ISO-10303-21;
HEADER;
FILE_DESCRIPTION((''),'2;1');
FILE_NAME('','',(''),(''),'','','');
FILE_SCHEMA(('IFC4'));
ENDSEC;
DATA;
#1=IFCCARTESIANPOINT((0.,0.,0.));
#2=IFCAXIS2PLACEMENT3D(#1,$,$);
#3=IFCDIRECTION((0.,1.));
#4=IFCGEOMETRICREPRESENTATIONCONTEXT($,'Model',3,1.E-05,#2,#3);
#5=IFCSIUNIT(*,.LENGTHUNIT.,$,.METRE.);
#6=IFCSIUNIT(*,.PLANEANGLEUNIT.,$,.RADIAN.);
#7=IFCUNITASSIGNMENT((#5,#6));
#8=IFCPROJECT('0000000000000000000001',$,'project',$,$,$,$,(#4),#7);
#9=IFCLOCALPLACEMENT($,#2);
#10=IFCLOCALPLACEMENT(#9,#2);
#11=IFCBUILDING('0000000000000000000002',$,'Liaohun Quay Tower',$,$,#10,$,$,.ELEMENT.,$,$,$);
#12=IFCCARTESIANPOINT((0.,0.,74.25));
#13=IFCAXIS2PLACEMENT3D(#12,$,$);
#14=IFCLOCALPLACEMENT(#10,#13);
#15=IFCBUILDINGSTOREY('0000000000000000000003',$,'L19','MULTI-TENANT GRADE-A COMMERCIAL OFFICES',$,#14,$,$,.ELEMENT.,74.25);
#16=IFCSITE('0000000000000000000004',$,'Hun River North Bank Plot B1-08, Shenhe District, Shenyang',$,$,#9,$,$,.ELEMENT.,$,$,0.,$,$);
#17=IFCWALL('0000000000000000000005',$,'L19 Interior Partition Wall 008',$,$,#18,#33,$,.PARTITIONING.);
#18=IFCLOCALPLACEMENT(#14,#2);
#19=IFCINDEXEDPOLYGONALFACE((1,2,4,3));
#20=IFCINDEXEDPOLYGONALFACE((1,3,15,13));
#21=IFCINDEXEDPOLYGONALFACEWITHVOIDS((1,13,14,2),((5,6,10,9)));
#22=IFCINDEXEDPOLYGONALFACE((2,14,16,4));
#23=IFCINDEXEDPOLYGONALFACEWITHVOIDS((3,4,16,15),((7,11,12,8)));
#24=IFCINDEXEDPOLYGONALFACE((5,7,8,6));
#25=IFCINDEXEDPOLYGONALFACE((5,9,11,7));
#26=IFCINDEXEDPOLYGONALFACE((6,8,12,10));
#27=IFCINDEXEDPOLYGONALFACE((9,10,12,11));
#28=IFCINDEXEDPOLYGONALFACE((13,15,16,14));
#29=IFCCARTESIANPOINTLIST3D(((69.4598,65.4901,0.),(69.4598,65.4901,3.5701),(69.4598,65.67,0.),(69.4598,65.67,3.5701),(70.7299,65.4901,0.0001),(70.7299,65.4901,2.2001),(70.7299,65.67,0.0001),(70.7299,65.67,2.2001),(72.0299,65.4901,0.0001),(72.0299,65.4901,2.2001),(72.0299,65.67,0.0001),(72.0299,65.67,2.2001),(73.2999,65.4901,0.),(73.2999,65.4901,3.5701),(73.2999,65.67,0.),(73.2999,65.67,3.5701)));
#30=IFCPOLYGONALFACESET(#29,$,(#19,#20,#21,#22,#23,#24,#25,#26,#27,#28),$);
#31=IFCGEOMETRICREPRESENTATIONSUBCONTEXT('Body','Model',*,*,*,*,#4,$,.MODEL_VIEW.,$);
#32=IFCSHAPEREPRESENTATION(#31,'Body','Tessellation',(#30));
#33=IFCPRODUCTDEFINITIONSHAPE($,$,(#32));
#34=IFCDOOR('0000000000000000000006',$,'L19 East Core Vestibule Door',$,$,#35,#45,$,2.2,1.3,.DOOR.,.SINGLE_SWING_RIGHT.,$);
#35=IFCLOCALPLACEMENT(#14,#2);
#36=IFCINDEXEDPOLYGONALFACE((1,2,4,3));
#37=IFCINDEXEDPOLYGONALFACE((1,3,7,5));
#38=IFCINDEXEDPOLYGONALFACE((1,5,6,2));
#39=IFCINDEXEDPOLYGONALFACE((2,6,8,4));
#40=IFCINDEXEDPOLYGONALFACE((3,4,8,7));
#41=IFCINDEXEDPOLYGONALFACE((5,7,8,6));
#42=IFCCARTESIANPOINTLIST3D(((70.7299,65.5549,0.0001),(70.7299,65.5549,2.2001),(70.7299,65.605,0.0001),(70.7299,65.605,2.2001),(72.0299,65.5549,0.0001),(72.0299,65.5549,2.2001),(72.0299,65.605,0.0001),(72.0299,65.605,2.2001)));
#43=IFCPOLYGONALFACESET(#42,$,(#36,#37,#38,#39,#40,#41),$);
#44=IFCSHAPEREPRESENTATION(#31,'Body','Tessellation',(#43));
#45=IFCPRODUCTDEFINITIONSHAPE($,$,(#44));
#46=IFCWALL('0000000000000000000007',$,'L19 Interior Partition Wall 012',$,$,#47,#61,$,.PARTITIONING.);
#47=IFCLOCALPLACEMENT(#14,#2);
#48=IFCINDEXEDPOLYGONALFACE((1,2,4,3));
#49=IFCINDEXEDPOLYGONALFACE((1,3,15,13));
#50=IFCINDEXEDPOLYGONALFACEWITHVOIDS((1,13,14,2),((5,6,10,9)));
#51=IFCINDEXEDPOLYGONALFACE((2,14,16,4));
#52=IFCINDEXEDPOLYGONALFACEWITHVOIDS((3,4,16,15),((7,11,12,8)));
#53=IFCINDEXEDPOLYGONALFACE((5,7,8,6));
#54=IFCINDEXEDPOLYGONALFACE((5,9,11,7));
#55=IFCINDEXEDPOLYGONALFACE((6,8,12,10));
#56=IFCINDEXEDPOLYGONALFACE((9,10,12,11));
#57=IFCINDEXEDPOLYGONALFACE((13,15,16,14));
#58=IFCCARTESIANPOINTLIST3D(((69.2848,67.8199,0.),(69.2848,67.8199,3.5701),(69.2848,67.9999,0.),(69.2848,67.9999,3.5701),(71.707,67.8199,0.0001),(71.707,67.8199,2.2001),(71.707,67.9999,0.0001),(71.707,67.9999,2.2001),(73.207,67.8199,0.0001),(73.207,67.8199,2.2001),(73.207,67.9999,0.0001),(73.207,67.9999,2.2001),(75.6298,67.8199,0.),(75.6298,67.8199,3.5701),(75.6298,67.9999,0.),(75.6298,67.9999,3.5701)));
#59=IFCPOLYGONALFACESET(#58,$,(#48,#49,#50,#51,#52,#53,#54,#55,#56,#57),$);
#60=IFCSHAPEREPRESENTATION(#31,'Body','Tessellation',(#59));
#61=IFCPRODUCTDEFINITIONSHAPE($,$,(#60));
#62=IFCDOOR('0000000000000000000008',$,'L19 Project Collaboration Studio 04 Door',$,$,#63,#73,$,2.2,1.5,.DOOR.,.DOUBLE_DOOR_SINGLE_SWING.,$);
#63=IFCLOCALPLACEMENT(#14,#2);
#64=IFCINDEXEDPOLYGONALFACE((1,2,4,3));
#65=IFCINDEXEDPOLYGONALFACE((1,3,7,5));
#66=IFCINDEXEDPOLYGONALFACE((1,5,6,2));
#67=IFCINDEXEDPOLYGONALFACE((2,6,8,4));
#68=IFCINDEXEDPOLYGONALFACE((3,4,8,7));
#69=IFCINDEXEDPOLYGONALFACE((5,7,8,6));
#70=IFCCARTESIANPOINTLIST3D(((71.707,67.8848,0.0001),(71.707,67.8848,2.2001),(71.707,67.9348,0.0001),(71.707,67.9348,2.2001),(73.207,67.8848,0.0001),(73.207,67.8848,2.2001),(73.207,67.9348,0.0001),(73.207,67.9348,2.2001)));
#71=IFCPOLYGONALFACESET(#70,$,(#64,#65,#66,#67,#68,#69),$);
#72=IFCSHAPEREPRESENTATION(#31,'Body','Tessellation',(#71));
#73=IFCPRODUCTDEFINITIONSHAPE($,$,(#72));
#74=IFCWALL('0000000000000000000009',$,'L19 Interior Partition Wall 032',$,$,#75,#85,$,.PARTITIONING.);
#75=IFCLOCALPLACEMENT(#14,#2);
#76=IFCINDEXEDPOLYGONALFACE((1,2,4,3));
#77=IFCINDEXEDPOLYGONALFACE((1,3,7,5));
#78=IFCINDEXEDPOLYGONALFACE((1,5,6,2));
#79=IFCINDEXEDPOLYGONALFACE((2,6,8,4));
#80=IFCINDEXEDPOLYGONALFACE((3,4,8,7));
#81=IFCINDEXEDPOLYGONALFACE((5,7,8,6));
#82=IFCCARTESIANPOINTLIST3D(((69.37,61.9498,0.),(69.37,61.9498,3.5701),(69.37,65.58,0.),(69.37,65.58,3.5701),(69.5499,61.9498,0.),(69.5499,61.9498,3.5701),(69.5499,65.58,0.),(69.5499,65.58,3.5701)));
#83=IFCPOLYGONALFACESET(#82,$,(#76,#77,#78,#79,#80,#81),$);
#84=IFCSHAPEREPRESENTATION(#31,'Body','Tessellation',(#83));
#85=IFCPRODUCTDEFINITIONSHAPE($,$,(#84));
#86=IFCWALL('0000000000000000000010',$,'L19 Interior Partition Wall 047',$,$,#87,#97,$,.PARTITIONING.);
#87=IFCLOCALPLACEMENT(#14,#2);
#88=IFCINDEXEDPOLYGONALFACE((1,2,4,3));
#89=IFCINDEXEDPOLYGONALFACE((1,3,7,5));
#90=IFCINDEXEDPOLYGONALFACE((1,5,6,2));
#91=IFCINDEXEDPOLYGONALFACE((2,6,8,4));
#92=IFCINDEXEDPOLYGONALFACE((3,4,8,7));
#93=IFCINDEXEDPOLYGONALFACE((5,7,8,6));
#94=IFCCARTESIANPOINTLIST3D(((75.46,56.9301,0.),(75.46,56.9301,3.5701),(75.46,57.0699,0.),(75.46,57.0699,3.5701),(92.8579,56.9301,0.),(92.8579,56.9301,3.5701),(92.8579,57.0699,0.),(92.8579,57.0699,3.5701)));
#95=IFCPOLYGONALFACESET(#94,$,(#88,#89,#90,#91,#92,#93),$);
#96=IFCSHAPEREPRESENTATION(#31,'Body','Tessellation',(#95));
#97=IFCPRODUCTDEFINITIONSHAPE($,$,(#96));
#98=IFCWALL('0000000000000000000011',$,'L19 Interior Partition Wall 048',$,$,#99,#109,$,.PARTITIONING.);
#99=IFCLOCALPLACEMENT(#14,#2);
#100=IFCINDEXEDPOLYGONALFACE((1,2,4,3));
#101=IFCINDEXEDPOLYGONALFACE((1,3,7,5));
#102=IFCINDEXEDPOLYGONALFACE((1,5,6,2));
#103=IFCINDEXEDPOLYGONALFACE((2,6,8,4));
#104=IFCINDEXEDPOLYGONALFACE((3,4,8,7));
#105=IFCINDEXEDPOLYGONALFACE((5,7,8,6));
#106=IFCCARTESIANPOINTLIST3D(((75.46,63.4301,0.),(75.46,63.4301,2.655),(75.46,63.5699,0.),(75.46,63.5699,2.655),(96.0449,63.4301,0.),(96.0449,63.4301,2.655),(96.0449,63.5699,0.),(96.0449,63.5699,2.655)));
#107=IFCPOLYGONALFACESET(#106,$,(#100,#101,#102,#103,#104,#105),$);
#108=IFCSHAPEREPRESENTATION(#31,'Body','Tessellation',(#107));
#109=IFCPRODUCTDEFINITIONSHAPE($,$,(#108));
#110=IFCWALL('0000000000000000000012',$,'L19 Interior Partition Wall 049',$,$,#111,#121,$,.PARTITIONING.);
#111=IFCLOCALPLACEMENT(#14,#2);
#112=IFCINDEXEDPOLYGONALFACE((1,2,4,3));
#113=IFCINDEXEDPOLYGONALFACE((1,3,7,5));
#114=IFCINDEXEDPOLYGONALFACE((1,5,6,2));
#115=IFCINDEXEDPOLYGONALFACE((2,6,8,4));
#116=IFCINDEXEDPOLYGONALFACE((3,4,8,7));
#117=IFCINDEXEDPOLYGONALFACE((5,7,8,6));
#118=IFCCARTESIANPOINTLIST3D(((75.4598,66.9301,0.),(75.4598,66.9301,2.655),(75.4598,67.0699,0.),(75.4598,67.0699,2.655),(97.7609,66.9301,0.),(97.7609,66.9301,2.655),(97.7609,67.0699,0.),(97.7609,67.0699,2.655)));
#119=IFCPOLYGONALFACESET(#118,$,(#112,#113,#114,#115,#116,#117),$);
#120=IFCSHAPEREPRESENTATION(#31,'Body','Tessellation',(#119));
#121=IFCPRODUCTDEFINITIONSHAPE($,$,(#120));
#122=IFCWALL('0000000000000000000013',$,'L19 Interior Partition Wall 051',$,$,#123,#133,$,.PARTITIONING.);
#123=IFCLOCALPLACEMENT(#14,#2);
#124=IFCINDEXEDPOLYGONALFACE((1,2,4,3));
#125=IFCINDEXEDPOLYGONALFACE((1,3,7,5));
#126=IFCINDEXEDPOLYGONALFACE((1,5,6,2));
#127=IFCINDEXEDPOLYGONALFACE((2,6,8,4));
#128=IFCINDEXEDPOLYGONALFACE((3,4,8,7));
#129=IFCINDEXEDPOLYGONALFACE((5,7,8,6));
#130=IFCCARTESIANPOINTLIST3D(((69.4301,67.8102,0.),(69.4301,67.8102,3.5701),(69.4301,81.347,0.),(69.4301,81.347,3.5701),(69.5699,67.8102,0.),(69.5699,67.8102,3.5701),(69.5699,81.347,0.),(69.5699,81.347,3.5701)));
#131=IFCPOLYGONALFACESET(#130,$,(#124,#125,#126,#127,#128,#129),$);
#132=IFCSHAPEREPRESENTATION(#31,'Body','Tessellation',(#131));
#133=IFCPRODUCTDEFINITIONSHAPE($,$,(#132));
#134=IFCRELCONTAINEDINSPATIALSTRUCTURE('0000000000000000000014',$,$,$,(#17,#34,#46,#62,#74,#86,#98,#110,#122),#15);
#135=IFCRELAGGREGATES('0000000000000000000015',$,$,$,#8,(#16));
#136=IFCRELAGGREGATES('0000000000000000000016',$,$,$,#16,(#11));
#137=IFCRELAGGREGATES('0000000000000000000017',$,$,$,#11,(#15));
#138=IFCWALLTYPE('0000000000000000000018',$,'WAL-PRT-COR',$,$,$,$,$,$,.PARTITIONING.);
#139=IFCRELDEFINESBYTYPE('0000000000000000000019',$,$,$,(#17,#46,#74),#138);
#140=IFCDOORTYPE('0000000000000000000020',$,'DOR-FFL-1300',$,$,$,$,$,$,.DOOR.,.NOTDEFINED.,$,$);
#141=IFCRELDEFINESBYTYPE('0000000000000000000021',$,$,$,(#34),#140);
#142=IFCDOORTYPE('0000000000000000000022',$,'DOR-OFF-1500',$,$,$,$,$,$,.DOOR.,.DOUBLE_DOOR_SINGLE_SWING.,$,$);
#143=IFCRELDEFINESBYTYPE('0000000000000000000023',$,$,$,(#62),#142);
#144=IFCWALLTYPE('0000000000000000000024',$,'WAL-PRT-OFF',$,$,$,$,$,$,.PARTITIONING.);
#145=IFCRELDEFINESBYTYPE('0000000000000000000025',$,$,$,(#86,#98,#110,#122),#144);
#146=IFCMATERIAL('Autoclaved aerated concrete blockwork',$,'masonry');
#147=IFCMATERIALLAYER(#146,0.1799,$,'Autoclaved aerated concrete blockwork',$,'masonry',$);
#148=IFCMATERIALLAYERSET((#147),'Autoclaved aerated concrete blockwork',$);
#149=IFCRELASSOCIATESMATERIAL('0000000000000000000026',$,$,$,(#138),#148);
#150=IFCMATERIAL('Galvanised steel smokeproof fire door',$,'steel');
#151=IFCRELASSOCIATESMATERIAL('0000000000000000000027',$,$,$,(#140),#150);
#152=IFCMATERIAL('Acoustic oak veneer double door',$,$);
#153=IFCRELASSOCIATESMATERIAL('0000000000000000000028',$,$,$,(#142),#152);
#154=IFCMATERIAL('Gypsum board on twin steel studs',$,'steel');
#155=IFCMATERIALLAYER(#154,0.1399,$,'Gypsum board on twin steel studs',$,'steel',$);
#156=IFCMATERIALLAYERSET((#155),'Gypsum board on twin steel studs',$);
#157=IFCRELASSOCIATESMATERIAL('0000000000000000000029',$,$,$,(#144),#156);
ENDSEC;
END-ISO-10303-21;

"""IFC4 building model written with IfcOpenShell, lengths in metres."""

from ifc_helpers import new_model, si_unit, direction, frame, frame_2d, origin, place, context, subcontext, project, spatial, rectangle, extrude, source, transform, mapped, material, layer, layer_set, type_object, element, fill, save


model = new_model("IFC4")

# Units and contexts
model_context = context("Model", 3, precision=1e-05, world=origin(), true_north=direction((0.0, 1.0)))
body_context = subcontext(model_context, "Body", "Model", "MODEL_VIEW")
ifc_project = project(units=[si_unit("LENGTHUNIT", "METRE"), si_unit("PLANEANGLEUNIT", "RADIAN")], contexts=[model_context])

# Site, building, storey
site_placement = place(None, origin())
site = spatial("IfcSite", under=ifc_project, at=site_placement, Name="Hun River North Bank Plot B1-08, Shenhe District, Shenyang", CompositionType="ELEMENT", RefElevation=0.0)
building_placement = place(site_placement, origin())
building = spatial("IfcBuilding", under=site, at=building_placement, Name="Liaohun Quay Tower", CompositionType="ELEMENT")
storey_placement = place(building_placement, frame((0.0, 0.0, 74.25)))
storey = spatial("IfcBuildingStorey", under=building, at=storey_placement, Name="L19", Description="MULTI-TENANT GRADE-A COMMERCIAL OFFICES", CompositionType="ELEMENT", Elevation=74.25)

# Walls, openings, doors
ifc_material_1 = material(Name="Autoclaved aerated concrete blockwork", Category="masonry")
ifc_layer_1 = layer(ifc_material_1, 0.1799, Name="Autoclaved aerated concrete blockwork", Category="masonry")
ifc_layer_set_1 = layer_set([ifc_layer_1], Name="Autoclaved aerated concrete blockwork")
wall_type_1 = type_object("IfcWallType", Name="WAL-PRT-COR", PredefinedType="PARTITIONING", material=ifc_layer_set_1)
wall_1_placement = place(storey_placement, frame((69.46, 65.5801, 0.0), z_axis=(0.0, 0.0, 1.0), x_axis=(1.0, 0.0, 0.0)))
wall_1 = element("IfcWall", 1, at=wall_1_placement, inside=storey, type_object=wall_type_1, Name="L19 Interior Partition Wall 008", PredefinedType="PARTITIONING", context=body_context, shape_type="SweptSolid", body=[
    extrude(rectangle(XDim=3.8401, YDim=0.1799, at=frame_2d((1.9199, 0.0))), origin(), (0.0, 0.0, 1.0), 3.5701),
])
shared_shape_1 = source(origin(), body_context, "Body", "SweptSolid", [
    extrude(rectangle(XDim=1.3, YDim=2.2, at=frame_2d((0.6499, 1.1001))), frame((0.0, 0.0999, 0.0), z_axis=(0.0, -1.0, 0.0), x_axis=(1.0, 0.0, 0.0)), (0.0, 0.0, 1.0), 0.2),
])
opening_1_placement = place(wall_1_placement, frame((1.27, 0.0, 0.0)))
opening_1 = element("IfcOpeningElement", 2, at=opening_1_placement, cuts=wall_1, PredefinedType="OPENING", context=body_context, shape_type="MappedRepresentation", body=[
    mapped(shared_shape_1, transform((0.0, 0.0, 0.0), x_axis=(1.0, 0.0, 0.0), y_axis=(0.0, 1.0, 0.0), z_axis=(0.0, 0.0, 1.0), scale=1.0)),
])
ifc_material_2 = material(Name="Galvanised steel smokeproof fire door", Category="steel")
door_type_1 = type_object("IfcDoorType", Name="DOR-FFL-1300", OperationType="NOTDEFINED", PredefinedType="DOOR", material=ifc_material_2)
shared_shape_2 = source(origin(), body_context, "Body", "SweptSolid", [
    extrude(rectangle(XDim=1.3, YDim=2.2, at=frame_2d((0.6499, 1.1001))), frame((0.0, 0.0249, 0.0), z_axis=(0.0, -1.0, 0.0), x_axis=(1.0, 0.0, 0.0)), (0.0, 0.0, 1.0), 0.05),
])
door_1_placement = place(opening_1_placement, origin())
door_1 = element("IfcDoor", 3, at=door_1_placement, inside=storey, type_object=door_type_1, Name="L19 East Core Vestibule Door", OperationType="SINGLE_SWING_RIGHT", OverallHeight=2.2, OverallWidth=1.3, PredefinedType="DOOR", context=body_context, shape_type="MappedRepresentation", body=[
    mapped(shared_shape_2, transform((0.0, 0.0, 0.0), x_axis=(1.0, 0.0, 0.0), y_axis=(0.0, 1.0, 0.0), z_axis=(0.0, 0.0, 1.0), scale=1.0)),
])
fill(opening_1, door_1)
wall_2_placement = place(storey_placement, frame((69.2849, 67.9099, 0.0), z_axis=(0.0, 0.0, 1.0), x_axis=(1.0, 0.0, 0.0)))
wall_2 = element("IfcWall", 4, at=wall_2_placement, inside=storey, type_object=wall_type_1, Name="L19 Interior Partition Wall 012", PredefinedType="PARTITIONING", context=body_context, shape_type="SweptSolid", body=[
    extrude(rectangle(XDim=6.345, YDim=0.1799, at=frame_2d((3.1724, 0.0))), origin(), (0.0, 0.0, 1.0), 3.5701),
])
shared_shape_3 = source(origin(), body_context, "Body", "SweptSolid", [
    extrude(rectangle(XDim=1.5, YDim=2.2, at=frame_2d((0.75, 1.1001))), frame((0.0, 0.0999, 0.0), z_axis=(0.0, -1.0, 0.0), x_axis=(1.0, 0.0, 0.0)), (0.0, 0.0, 1.0), 0.2),
])
opening_2_placement = place(wall_2_placement, frame((2.4221, 0.0, 0.0)))
opening_2 = element("IfcOpeningElement", 5, at=opening_2_placement, cuts=wall_2, PredefinedType="OPENING", context=body_context, shape_type="MappedRepresentation", body=[
    mapped(shared_shape_3, transform((0.0, 0.0, 0.0), x_axis=(1.0, 0.0, 0.0), y_axis=(0.0, 1.0, 0.0), z_axis=(0.0, 0.0, 1.0), scale=1.0)),
])
ifc_material_3 = material(Name="Acoustic oak veneer double door")
door_type_2 = type_object("IfcDoorType", Name="DOR-OFF-1500", OperationType="DOUBLE_DOOR_SINGLE_SWING", PredefinedType="DOOR", material=ifc_material_3)
shared_shape_4 = source(origin(), body_context, "Body", "SweptSolid", [
    extrude(rectangle(XDim=1.5, YDim=2.2, at=frame_2d((0.75, 1.1001))), frame((0.0, 0.0249, 0.0), z_axis=(0.0, -1.0, 0.0), x_axis=(1.0, 0.0, 0.0)), (0.0, 0.0, 1.0), 0.05),
])
door_2_placement = place(opening_2_placement, origin())
door_2 = element("IfcDoor", 6, at=door_2_placement, inside=storey, type_object=door_type_2, Name="L19 Project Collaboration Studio 04 Door", OperationType="DOUBLE_DOOR_SINGLE_SWING", OverallHeight=2.2, OverallWidth=1.5, PredefinedType="DOOR", context=body_context, shape_type="MappedRepresentation", body=[
    mapped(shared_shape_4, transform((0.0, 0.0, 0.0), x_axis=(1.0, 0.0, 0.0), y_axis=(0.0, 1.0, 0.0), z_axis=(0.0, 0.0, 1.0), scale=1.0)),
])
fill(opening_2, door_2)

# Walls
wall_3_placement = place(storey_placement, frame((69.46, 61.95, 0.0), z_axis=(0.0, 0.0, 1.0), x_axis=(0.0, 1.0, 0.0)))
element("IfcWall", 7, at=wall_3_placement, inside=storey, type_object=wall_type_1, Name="L19 Interior Partition Wall 032", PredefinedType="PARTITIONING", context=body_context, shape_type="SweptSolid", body=[
    extrude(rectangle(XDim=3.6301, YDim=0.1799, at=frame_2d((1.8149, 0.0))), origin(), (0.0, 0.0, 1.0), 3.5701),
])
ifc_material_4 = material(Name="Gypsum board on twin steel studs", Category="steel")
ifc_layer_2 = layer(ifc_material_4, 0.1399, Name="Gypsum board on twin steel studs", Category="steel")
ifc_layer_set_2 = layer_set([ifc_layer_2], Name="Gypsum board on twin steel studs")
wall_type_2 = type_object("IfcWallType", Name="WAL-PRT-OFF", PredefinedType="PARTITIONING", material=ifc_layer_set_2)
wall_4_placement = place(storey_placement, frame((75.46, 57.0, 0.0), z_axis=(0.0, 0.0, 1.0), x_axis=(1.0, 0.0, 0.0)))
element("IfcWall", 8, at=wall_4_placement, inside=storey, type_object=wall_type_2, Name="L19 Interior Partition Wall 047", PredefinedType="PARTITIONING", context=body_context, shape_type="SweptSolid", body=[
    extrude(rectangle(XDim=17.3979, YDim=0.1399, at=frame_2d((8.699, 0.0))), origin(), (0.0, 0.0, 1.0), 3.5701),
])
wall_5_placement = place(storey_placement, frame((75.46, 63.5, 0.0), z_axis=(0.0, 0.0, 1.0), x_axis=(1.0, 0.0, 0.0)))
element("IfcWall", 9, at=wall_5_placement, inside=storey, type_object=wall_type_2, Name="L19 Interior Partition Wall 048", PredefinedType="PARTITIONING", context=body_context, shape_type="SweptSolid", body=[
    extrude(rectangle(XDim=20.585, YDim=0.1399, at=frame_2d((10.2925, 0.0))), origin(), (0.0, 0.0, 1.0), 2.655),
])
wall_6_placement = place(storey_placement, frame((75.46, 67.0, 0.0), z_axis=(0.0, 0.0, 1.0), x_axis=(1.0, 0.0, 0.0)))
element("IfcWall", 10, at=wall_6_placement, inside=storey, type_object=wall_type_2, Name="L19 Interior Partition Wall 049", PredefinedType="PARTITIONING", context=body_context, shape_type="SweptSolid", body=[
    extrude(rectangle(XDim=22.301, YDim=0.1399, at=frame_2d((11.1504, 0.0))), origin(), (0.0, 0.0, 1.0), 2.655),
])
wall_7_placement = place(storey_placement, frame((69.5, 67.8101, 0.0), z_axis=(0.0, 0.0, 1.0), x_axis=(0.0, 1.0, 0.0)))
element("IfcWall", 11, at=wall_7_placement, inside=storey, type_object=wall_type_2, Name="L19 Interior Partition Wall 051", PredefinedType="PARTITIONING", context=body_context, shape_type="SweptSolid", body=[
    extrude(rectangle(XDim=13.5369, YDim=0.1399, at=frame_2d((6.7686, 0.0))), origin(), (0.0, 0.0, 1.0), 3.5701),
])

save(model, "model.ifc")
